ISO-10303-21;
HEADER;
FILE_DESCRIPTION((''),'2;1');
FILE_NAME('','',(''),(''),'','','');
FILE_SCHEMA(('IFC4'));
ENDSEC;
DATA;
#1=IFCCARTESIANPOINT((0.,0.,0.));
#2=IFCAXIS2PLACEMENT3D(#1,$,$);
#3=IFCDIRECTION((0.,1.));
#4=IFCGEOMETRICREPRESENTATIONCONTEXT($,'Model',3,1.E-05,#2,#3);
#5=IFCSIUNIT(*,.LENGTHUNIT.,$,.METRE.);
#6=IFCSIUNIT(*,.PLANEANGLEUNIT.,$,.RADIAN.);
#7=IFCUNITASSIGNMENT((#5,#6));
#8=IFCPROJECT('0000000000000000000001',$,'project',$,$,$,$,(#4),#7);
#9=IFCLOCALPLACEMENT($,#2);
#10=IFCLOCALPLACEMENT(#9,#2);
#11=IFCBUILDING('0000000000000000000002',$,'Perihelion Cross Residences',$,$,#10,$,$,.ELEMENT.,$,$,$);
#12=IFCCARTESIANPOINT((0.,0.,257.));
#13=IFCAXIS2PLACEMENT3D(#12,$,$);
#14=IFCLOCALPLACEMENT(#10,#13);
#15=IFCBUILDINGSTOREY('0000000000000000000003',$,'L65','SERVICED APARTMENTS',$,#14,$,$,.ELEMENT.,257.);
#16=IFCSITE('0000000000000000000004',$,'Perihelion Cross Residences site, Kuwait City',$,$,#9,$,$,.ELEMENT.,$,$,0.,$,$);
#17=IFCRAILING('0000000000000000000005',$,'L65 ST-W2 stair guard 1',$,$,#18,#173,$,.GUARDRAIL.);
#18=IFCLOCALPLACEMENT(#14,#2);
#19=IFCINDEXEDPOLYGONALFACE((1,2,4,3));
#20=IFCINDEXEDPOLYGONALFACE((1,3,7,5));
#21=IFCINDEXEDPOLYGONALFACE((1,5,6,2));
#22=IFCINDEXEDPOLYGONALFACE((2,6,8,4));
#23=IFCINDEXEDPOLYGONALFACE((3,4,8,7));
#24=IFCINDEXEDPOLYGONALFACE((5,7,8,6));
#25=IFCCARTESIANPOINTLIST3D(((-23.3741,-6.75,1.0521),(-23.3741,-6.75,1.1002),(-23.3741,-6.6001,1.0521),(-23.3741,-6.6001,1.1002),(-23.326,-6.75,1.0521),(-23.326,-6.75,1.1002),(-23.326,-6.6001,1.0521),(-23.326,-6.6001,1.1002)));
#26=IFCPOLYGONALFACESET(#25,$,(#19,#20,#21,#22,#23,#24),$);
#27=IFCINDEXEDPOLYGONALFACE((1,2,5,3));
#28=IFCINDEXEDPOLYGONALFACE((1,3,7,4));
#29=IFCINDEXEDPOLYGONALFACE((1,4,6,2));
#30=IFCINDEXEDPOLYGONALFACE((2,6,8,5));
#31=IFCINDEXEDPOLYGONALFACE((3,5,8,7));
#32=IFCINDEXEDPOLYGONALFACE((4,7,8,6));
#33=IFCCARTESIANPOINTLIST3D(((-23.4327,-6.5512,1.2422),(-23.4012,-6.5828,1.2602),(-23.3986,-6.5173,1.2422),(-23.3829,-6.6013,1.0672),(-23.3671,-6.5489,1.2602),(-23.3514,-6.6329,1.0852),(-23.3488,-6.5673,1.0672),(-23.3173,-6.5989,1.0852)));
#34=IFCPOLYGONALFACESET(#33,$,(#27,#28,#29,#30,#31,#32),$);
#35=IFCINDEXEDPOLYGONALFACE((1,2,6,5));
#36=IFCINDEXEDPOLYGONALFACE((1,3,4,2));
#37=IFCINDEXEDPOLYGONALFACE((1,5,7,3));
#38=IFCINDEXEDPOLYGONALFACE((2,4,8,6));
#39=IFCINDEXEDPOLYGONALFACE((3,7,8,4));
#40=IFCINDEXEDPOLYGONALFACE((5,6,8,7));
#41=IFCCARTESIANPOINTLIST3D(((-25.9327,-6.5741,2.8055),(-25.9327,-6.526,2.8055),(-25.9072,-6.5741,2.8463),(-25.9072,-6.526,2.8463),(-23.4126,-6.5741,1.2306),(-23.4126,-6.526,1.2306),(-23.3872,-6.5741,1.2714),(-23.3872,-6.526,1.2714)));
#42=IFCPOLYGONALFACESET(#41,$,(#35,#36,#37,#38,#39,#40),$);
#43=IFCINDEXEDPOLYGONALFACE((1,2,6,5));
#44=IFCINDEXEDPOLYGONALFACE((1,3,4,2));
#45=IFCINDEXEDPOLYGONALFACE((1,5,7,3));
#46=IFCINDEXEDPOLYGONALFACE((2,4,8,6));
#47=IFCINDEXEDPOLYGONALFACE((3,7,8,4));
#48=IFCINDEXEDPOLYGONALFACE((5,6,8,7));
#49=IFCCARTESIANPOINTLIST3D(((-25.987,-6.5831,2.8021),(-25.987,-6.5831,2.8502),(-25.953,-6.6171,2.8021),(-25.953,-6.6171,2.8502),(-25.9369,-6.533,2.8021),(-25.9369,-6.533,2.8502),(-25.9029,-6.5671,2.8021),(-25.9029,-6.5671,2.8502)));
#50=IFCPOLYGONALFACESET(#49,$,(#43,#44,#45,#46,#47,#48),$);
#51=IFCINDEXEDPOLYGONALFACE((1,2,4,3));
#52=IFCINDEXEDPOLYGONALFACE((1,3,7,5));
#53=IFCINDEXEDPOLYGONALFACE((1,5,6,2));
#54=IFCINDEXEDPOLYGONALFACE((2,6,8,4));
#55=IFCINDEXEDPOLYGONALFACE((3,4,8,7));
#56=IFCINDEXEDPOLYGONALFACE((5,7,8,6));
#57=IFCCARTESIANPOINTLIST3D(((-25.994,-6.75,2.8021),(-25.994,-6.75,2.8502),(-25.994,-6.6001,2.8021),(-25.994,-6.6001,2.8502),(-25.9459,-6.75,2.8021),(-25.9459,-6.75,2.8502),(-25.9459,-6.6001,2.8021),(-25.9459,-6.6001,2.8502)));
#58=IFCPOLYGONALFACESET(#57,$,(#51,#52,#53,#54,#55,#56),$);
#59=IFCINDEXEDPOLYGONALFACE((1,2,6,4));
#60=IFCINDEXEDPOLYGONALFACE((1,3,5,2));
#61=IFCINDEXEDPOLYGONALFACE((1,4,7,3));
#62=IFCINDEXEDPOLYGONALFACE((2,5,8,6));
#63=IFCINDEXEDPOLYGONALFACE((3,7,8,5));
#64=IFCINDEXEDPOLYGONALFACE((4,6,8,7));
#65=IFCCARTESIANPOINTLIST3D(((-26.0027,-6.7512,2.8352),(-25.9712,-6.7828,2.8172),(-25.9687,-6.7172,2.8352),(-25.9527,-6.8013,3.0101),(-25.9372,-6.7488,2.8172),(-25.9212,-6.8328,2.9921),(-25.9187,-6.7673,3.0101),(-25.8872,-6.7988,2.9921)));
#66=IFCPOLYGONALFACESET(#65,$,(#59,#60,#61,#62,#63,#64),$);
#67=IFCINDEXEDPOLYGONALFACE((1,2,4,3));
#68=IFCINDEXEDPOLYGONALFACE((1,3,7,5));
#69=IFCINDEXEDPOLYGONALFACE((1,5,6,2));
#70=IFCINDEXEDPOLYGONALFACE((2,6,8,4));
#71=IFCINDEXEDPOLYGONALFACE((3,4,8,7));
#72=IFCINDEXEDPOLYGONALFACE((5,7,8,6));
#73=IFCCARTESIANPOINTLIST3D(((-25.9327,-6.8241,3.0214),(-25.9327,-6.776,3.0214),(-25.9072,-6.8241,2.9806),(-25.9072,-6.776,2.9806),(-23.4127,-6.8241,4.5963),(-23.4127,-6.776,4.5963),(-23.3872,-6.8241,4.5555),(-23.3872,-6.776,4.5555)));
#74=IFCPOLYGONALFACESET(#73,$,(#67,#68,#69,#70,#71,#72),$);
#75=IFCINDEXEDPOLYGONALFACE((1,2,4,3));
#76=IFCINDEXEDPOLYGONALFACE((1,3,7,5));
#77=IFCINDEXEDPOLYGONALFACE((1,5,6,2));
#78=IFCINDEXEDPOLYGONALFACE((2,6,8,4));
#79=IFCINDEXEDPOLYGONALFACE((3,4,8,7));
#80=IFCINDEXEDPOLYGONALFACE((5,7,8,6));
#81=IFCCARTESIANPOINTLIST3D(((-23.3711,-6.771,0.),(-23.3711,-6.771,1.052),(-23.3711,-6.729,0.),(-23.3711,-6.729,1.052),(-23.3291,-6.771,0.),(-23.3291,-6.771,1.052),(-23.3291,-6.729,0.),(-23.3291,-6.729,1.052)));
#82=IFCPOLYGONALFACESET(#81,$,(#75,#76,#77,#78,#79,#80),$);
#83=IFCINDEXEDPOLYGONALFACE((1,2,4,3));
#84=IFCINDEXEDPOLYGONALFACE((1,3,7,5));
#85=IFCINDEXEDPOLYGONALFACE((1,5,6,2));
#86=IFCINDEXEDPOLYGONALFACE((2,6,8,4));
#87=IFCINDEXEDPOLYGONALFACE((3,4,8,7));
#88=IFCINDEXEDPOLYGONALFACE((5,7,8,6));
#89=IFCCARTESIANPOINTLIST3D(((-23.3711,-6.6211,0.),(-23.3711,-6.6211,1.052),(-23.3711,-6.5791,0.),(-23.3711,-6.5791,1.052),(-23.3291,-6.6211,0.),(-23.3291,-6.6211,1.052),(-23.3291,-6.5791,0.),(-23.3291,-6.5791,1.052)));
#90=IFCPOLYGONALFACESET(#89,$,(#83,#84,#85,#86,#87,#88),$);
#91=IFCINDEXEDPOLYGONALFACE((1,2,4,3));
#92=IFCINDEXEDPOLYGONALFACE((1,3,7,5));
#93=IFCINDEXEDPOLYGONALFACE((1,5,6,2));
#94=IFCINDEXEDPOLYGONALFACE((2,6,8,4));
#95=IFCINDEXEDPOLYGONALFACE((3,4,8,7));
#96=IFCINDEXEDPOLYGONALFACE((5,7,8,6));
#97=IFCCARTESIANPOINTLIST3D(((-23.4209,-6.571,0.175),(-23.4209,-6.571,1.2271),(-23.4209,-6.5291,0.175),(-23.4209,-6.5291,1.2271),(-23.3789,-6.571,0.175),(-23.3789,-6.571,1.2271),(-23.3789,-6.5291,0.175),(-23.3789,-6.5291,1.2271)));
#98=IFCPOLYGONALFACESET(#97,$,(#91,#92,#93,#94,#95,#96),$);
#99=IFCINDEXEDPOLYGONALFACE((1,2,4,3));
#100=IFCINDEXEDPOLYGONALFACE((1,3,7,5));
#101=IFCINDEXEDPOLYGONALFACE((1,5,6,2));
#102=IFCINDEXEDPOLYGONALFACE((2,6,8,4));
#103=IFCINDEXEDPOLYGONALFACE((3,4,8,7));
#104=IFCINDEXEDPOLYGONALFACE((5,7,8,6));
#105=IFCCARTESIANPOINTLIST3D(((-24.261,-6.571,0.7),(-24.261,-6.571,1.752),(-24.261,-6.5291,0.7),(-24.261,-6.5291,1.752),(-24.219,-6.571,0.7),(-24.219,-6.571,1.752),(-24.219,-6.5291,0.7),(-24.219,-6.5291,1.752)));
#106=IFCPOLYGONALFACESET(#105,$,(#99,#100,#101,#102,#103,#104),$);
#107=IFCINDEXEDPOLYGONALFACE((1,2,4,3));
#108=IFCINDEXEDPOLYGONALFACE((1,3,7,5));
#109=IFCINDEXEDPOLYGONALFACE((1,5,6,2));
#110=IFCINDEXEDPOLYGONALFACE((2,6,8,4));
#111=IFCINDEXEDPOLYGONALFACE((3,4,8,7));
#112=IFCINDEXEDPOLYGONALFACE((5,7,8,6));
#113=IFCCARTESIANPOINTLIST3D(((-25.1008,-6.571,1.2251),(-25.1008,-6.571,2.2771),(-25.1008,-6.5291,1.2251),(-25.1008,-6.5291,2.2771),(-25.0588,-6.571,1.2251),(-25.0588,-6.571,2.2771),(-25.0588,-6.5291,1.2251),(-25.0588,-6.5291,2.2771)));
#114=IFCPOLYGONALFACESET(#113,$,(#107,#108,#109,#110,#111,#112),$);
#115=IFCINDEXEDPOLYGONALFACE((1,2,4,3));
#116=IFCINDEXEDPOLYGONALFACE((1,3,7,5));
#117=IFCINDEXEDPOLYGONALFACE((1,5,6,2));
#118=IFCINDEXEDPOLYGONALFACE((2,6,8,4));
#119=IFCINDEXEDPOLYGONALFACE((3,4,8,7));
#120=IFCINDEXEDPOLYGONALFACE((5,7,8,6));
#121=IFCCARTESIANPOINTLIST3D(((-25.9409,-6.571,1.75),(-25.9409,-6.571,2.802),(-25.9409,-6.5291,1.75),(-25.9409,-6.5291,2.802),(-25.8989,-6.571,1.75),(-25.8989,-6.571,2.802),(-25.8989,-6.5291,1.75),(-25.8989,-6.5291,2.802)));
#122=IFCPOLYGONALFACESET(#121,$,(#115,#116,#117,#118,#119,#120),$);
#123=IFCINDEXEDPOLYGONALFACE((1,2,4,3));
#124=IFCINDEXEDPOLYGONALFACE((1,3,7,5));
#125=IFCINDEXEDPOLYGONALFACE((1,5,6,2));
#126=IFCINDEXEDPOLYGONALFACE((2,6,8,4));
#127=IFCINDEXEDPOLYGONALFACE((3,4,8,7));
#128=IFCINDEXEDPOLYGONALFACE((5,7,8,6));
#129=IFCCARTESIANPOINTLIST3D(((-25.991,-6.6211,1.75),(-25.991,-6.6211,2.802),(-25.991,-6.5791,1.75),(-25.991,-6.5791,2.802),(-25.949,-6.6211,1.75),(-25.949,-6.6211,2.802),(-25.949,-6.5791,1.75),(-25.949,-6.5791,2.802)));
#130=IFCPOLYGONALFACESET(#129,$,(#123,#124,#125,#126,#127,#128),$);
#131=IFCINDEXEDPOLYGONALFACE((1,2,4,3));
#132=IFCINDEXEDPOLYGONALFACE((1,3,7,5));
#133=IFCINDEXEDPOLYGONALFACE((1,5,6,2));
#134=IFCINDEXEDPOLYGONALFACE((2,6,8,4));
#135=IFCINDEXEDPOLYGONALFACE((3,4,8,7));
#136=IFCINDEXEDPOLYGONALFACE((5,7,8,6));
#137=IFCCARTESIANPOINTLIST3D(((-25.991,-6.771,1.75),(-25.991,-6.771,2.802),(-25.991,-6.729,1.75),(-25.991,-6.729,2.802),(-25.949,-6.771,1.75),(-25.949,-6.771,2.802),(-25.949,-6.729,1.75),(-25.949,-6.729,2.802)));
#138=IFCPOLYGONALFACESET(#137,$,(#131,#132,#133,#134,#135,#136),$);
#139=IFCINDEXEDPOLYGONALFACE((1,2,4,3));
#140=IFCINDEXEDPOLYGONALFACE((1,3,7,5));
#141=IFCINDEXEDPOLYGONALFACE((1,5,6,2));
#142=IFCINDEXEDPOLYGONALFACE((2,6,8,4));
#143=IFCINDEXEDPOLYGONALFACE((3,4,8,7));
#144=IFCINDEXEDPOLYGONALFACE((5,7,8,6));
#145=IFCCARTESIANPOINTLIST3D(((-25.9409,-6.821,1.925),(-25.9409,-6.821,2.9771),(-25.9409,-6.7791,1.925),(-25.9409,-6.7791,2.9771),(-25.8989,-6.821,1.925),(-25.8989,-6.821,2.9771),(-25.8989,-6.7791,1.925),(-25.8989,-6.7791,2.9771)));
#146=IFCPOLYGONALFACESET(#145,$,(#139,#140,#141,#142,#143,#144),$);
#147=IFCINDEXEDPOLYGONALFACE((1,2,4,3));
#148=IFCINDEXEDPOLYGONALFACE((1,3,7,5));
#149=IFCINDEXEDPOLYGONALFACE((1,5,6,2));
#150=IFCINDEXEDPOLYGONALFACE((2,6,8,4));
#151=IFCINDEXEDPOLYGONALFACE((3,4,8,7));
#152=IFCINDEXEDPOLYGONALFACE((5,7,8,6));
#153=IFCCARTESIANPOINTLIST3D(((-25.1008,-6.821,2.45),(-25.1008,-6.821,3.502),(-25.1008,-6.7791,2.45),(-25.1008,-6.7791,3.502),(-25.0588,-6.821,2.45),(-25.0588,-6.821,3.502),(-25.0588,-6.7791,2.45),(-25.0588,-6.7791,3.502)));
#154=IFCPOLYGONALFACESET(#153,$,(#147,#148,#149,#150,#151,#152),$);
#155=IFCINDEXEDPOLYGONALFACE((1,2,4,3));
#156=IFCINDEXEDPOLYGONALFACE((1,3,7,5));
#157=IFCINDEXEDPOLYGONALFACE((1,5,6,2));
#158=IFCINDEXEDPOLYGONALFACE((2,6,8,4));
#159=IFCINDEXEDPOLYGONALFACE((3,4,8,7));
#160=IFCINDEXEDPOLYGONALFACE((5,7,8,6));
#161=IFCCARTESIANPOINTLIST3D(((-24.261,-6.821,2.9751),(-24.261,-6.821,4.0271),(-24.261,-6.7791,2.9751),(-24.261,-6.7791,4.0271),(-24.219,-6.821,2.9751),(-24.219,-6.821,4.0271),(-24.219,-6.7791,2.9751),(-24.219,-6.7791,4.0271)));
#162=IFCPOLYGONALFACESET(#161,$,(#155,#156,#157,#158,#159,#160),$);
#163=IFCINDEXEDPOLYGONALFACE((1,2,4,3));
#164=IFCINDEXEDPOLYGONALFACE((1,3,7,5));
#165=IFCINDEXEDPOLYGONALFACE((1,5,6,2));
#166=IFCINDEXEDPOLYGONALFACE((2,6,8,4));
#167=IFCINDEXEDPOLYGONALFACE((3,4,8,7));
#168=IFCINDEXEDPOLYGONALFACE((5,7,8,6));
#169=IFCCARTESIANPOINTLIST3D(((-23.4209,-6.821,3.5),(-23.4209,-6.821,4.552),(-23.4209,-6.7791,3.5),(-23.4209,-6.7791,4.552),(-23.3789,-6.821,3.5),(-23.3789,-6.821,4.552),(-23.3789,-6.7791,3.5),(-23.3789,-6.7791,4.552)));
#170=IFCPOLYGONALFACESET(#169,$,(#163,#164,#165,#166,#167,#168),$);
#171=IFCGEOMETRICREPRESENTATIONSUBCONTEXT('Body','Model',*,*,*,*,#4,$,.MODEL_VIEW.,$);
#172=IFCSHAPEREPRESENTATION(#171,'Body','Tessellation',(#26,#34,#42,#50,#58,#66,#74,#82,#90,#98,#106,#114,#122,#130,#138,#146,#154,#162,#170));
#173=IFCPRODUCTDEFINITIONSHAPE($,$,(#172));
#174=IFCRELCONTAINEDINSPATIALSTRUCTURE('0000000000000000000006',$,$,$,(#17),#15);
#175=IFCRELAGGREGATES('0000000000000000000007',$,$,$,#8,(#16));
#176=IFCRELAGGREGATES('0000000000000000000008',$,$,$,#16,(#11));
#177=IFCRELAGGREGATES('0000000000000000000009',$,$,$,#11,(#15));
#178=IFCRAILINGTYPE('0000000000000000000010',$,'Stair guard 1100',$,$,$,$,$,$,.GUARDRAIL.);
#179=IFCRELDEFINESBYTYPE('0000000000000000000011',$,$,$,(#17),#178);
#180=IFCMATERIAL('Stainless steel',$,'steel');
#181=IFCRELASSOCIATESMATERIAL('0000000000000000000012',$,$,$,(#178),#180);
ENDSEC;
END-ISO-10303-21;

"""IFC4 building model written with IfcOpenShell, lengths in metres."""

from ifc_helpers import new_model, si_unit, direction, frame, origin, origin_2d, place, context, subcontext, project, spatial, rectangle, extrude, material, type_object, element, save


model = new_model("IFC4")

# Units and contexts
model_context = context("Model", 3, precision=1e-05, world=origin(), true_north=direction((0.0, 1.0)))
body_context = subcontext(model_context, "Body", "Model", "MODEL_VIEW")
ifc_project = project(units=[si_unit("LENGTHUNIT", "METRE"), si_unit("PLANEANGLEUNIT", "RADIAN")], contexts=[model_context])

# Site, building, storey
site_placement = place(None, origin())
site = spatial("IfcSite", under=ifc_project, at=site_placement, Name="Perihelion Cross Residences site, Kuwait City", CompositionType="ELEMENT", RefElevation=0.0)
building_placement = place(site_placement, origin())
building = spatial("IfcBuilding", under=site, at=building_placement, Name="Perihelion Cross Residences", CompositionType="ELEMENT")
storey_placement = place(building_placement, frame((0.0, 0.0, 257.0)))
storey = spatial("IfcBuildingStorey", under=building, at=storey_placement, Name="L65", Description="SERVICED APARTMENTS", CompositionType="ELEMENT", Elevation=257.0)

# Railing
ifc_material_1 = material(Name="Stainless steel", Category="steel")
railing_type_1 = type_object("IfcRailingType", Name="Stair guard 1100", PredefinedType="GUARDRAIL", material=ifc_material_1)
railing_1_placement = place(storey_placement, frame((-23.3501, -6.75, 0.0)))
element("IfcRailing", 1, at=railing_1_placement, inside=storey, type_object=railing_type_1, Name="L65 ST-W2 stair guard 1", PredefinedType="GUARDRAIL", context=body_context, shape_type="SweptSolid", body=[
    extrude(rectangle(XDim=0.0481, YDim=0.0481, at=origin_2d()), frame((0.0, 0.0, 1.0762), z_axis=(0.0, 1.0, 0.0), x_axis=(-1.0, 0.0, 0.0)), (0.0, 0.0, 1.0), 0.1499),
    extrude(rectangle(XDim=0.0481, YDim=0.0481, at=origin_2d()), frame((0.0, 0.1499, 1.0762), z_axis=(-0.263862, 0.265156, 0.927399), x_axis=(-0.708834, -0.705376, 0.0)), (0.0, 0.0, 1.0), 0.1887),
    extrude(rectangle(XDim=0.0481, YDim=0.0481, at=origin_2d()), frame((-0.0498, 0.2, 1.251), z_axis=(-0.848008, 0.0, 0.529984), x_axis=(0.0, -1.0, 0.0)), (0.0, 0.0, 1.0), 2.9717),
    extrude(rectangle(XDim=0.0481, YDim=0.0481, at=origin_2d()), frame((-2.5698, 0.2, 2.8262), z_axis=(-0.707107, -0.707107, 0.0), x_axis=(0.707107, -0.707107, 0.0)), (0.0, 0.0, 1.0), 0.0708),
    extrude(rectangle(XDim=0.0481, YDim=0.0481, at=origin_2d()), frame((-2.6199, 0.1499, 2.8262), z_axis=(0.0, -1.0, 0.0), x_axis=(1.0, 0.0, 0.0)), (0.0, 0.0, 1.0), 0.1499),
    extrude(rectangle(XDim=0.0481, YDim=0.0481, at=origin_2d()), frame((-2.6199, 0.0, 2.8262), z_axis=(0.265065, -0.265065, 0.927082), x_axis=(0.707107, 0.707107, 0.0)), (0.0, 0.0, 1.0), 0.1887),
    extrude(rectangle(XDim=0.0481, YDim=0.0481, at=origin_2d()), frame((-2.5698, -0.05, 3.001), z_axis=(0.848008, 0.0, 0.529984), x_axis=(0.0, 1.0, 0.0)), (0.0, 0.0, 1.0), 2.9717),
    extrude(rectangle(XDim=0.042, YDim=0.042, at=origin_2d()), origin(), (0.0, 0.0, 1.0), 1.052),
    extrude(rectangle(XDim=0.042, YDim=0.042, at=origin_2d()), frame((0.0, 0.1499, 0.0)), (0.0, 0.0, 1.0), 1.052),
    extrude(rectangle(XDim=0.042, YDim=0.042, at=origin_2d()), frame((-0.0498, 0.2, 0.175)), (0.0, 0.0, 1.0), 1.052),
    extrude(rectangle(XDim=0.042, YDim=0.042, at=origin_2d()), frame((-0.8899, 0.2, 0.7)), (0.0, 0.0, 1.0), 1.052),
    extrude(rectangle(XDim=0.042, YDim=0.042, at=origin_2d()), frame((-1.7297, 0.2, 1.2251)), (0.0, 0.0, 1.0), 1.052),
    extrude(rectangle(XDim=0.042, YDim=0.042, at=origin_2d()), frame((-2.5698, 0.2, 1.75)), (0.0, 0.0, 1.0), 1.052),
    extrude(rectangle(XDim=0.042, YDim=0.042, at=origin_2d()), frame((-2.6199, 0.1499, 1.75)), (0.0, 0.0, 1.0), 1.052),
    extrude(rectangle(XDim=0.042, YDim=0.042, at=origin_2d()), frame((-2.6199, 0.0, 1.75)), (0.0, 0.0, 1.0), 1.052),
    extrude(rectangle(XDim=0.042, YDim=0.042, at=origin_2d()), frame((-2.5698, -0.05, 1.925)), (0.0, 0.0, 1.0), 1.052),
    extrude(rectangle(XDim=0.042, YDim=0.042, at=origin_2d()), frame((-1.7297, -0.05, 2.45)), (0.0, 0.0, 1.0), 1.052),
    extrude(rectangle(XDim=0.042, YDim=0.042, at=origin_2d()), frame((-0.8899, -0.05, 2.9751)), (0.0, 0.0, 1.0), 1.052),
    extrude(rectangle(XDim=0.042, YDim=0.042, at=origin_2d()), frame((-0.0498, -0.05, 3.5)), (0.0, 0.0, 1.0), 1.052),
])

save(model, "model.ifc")
